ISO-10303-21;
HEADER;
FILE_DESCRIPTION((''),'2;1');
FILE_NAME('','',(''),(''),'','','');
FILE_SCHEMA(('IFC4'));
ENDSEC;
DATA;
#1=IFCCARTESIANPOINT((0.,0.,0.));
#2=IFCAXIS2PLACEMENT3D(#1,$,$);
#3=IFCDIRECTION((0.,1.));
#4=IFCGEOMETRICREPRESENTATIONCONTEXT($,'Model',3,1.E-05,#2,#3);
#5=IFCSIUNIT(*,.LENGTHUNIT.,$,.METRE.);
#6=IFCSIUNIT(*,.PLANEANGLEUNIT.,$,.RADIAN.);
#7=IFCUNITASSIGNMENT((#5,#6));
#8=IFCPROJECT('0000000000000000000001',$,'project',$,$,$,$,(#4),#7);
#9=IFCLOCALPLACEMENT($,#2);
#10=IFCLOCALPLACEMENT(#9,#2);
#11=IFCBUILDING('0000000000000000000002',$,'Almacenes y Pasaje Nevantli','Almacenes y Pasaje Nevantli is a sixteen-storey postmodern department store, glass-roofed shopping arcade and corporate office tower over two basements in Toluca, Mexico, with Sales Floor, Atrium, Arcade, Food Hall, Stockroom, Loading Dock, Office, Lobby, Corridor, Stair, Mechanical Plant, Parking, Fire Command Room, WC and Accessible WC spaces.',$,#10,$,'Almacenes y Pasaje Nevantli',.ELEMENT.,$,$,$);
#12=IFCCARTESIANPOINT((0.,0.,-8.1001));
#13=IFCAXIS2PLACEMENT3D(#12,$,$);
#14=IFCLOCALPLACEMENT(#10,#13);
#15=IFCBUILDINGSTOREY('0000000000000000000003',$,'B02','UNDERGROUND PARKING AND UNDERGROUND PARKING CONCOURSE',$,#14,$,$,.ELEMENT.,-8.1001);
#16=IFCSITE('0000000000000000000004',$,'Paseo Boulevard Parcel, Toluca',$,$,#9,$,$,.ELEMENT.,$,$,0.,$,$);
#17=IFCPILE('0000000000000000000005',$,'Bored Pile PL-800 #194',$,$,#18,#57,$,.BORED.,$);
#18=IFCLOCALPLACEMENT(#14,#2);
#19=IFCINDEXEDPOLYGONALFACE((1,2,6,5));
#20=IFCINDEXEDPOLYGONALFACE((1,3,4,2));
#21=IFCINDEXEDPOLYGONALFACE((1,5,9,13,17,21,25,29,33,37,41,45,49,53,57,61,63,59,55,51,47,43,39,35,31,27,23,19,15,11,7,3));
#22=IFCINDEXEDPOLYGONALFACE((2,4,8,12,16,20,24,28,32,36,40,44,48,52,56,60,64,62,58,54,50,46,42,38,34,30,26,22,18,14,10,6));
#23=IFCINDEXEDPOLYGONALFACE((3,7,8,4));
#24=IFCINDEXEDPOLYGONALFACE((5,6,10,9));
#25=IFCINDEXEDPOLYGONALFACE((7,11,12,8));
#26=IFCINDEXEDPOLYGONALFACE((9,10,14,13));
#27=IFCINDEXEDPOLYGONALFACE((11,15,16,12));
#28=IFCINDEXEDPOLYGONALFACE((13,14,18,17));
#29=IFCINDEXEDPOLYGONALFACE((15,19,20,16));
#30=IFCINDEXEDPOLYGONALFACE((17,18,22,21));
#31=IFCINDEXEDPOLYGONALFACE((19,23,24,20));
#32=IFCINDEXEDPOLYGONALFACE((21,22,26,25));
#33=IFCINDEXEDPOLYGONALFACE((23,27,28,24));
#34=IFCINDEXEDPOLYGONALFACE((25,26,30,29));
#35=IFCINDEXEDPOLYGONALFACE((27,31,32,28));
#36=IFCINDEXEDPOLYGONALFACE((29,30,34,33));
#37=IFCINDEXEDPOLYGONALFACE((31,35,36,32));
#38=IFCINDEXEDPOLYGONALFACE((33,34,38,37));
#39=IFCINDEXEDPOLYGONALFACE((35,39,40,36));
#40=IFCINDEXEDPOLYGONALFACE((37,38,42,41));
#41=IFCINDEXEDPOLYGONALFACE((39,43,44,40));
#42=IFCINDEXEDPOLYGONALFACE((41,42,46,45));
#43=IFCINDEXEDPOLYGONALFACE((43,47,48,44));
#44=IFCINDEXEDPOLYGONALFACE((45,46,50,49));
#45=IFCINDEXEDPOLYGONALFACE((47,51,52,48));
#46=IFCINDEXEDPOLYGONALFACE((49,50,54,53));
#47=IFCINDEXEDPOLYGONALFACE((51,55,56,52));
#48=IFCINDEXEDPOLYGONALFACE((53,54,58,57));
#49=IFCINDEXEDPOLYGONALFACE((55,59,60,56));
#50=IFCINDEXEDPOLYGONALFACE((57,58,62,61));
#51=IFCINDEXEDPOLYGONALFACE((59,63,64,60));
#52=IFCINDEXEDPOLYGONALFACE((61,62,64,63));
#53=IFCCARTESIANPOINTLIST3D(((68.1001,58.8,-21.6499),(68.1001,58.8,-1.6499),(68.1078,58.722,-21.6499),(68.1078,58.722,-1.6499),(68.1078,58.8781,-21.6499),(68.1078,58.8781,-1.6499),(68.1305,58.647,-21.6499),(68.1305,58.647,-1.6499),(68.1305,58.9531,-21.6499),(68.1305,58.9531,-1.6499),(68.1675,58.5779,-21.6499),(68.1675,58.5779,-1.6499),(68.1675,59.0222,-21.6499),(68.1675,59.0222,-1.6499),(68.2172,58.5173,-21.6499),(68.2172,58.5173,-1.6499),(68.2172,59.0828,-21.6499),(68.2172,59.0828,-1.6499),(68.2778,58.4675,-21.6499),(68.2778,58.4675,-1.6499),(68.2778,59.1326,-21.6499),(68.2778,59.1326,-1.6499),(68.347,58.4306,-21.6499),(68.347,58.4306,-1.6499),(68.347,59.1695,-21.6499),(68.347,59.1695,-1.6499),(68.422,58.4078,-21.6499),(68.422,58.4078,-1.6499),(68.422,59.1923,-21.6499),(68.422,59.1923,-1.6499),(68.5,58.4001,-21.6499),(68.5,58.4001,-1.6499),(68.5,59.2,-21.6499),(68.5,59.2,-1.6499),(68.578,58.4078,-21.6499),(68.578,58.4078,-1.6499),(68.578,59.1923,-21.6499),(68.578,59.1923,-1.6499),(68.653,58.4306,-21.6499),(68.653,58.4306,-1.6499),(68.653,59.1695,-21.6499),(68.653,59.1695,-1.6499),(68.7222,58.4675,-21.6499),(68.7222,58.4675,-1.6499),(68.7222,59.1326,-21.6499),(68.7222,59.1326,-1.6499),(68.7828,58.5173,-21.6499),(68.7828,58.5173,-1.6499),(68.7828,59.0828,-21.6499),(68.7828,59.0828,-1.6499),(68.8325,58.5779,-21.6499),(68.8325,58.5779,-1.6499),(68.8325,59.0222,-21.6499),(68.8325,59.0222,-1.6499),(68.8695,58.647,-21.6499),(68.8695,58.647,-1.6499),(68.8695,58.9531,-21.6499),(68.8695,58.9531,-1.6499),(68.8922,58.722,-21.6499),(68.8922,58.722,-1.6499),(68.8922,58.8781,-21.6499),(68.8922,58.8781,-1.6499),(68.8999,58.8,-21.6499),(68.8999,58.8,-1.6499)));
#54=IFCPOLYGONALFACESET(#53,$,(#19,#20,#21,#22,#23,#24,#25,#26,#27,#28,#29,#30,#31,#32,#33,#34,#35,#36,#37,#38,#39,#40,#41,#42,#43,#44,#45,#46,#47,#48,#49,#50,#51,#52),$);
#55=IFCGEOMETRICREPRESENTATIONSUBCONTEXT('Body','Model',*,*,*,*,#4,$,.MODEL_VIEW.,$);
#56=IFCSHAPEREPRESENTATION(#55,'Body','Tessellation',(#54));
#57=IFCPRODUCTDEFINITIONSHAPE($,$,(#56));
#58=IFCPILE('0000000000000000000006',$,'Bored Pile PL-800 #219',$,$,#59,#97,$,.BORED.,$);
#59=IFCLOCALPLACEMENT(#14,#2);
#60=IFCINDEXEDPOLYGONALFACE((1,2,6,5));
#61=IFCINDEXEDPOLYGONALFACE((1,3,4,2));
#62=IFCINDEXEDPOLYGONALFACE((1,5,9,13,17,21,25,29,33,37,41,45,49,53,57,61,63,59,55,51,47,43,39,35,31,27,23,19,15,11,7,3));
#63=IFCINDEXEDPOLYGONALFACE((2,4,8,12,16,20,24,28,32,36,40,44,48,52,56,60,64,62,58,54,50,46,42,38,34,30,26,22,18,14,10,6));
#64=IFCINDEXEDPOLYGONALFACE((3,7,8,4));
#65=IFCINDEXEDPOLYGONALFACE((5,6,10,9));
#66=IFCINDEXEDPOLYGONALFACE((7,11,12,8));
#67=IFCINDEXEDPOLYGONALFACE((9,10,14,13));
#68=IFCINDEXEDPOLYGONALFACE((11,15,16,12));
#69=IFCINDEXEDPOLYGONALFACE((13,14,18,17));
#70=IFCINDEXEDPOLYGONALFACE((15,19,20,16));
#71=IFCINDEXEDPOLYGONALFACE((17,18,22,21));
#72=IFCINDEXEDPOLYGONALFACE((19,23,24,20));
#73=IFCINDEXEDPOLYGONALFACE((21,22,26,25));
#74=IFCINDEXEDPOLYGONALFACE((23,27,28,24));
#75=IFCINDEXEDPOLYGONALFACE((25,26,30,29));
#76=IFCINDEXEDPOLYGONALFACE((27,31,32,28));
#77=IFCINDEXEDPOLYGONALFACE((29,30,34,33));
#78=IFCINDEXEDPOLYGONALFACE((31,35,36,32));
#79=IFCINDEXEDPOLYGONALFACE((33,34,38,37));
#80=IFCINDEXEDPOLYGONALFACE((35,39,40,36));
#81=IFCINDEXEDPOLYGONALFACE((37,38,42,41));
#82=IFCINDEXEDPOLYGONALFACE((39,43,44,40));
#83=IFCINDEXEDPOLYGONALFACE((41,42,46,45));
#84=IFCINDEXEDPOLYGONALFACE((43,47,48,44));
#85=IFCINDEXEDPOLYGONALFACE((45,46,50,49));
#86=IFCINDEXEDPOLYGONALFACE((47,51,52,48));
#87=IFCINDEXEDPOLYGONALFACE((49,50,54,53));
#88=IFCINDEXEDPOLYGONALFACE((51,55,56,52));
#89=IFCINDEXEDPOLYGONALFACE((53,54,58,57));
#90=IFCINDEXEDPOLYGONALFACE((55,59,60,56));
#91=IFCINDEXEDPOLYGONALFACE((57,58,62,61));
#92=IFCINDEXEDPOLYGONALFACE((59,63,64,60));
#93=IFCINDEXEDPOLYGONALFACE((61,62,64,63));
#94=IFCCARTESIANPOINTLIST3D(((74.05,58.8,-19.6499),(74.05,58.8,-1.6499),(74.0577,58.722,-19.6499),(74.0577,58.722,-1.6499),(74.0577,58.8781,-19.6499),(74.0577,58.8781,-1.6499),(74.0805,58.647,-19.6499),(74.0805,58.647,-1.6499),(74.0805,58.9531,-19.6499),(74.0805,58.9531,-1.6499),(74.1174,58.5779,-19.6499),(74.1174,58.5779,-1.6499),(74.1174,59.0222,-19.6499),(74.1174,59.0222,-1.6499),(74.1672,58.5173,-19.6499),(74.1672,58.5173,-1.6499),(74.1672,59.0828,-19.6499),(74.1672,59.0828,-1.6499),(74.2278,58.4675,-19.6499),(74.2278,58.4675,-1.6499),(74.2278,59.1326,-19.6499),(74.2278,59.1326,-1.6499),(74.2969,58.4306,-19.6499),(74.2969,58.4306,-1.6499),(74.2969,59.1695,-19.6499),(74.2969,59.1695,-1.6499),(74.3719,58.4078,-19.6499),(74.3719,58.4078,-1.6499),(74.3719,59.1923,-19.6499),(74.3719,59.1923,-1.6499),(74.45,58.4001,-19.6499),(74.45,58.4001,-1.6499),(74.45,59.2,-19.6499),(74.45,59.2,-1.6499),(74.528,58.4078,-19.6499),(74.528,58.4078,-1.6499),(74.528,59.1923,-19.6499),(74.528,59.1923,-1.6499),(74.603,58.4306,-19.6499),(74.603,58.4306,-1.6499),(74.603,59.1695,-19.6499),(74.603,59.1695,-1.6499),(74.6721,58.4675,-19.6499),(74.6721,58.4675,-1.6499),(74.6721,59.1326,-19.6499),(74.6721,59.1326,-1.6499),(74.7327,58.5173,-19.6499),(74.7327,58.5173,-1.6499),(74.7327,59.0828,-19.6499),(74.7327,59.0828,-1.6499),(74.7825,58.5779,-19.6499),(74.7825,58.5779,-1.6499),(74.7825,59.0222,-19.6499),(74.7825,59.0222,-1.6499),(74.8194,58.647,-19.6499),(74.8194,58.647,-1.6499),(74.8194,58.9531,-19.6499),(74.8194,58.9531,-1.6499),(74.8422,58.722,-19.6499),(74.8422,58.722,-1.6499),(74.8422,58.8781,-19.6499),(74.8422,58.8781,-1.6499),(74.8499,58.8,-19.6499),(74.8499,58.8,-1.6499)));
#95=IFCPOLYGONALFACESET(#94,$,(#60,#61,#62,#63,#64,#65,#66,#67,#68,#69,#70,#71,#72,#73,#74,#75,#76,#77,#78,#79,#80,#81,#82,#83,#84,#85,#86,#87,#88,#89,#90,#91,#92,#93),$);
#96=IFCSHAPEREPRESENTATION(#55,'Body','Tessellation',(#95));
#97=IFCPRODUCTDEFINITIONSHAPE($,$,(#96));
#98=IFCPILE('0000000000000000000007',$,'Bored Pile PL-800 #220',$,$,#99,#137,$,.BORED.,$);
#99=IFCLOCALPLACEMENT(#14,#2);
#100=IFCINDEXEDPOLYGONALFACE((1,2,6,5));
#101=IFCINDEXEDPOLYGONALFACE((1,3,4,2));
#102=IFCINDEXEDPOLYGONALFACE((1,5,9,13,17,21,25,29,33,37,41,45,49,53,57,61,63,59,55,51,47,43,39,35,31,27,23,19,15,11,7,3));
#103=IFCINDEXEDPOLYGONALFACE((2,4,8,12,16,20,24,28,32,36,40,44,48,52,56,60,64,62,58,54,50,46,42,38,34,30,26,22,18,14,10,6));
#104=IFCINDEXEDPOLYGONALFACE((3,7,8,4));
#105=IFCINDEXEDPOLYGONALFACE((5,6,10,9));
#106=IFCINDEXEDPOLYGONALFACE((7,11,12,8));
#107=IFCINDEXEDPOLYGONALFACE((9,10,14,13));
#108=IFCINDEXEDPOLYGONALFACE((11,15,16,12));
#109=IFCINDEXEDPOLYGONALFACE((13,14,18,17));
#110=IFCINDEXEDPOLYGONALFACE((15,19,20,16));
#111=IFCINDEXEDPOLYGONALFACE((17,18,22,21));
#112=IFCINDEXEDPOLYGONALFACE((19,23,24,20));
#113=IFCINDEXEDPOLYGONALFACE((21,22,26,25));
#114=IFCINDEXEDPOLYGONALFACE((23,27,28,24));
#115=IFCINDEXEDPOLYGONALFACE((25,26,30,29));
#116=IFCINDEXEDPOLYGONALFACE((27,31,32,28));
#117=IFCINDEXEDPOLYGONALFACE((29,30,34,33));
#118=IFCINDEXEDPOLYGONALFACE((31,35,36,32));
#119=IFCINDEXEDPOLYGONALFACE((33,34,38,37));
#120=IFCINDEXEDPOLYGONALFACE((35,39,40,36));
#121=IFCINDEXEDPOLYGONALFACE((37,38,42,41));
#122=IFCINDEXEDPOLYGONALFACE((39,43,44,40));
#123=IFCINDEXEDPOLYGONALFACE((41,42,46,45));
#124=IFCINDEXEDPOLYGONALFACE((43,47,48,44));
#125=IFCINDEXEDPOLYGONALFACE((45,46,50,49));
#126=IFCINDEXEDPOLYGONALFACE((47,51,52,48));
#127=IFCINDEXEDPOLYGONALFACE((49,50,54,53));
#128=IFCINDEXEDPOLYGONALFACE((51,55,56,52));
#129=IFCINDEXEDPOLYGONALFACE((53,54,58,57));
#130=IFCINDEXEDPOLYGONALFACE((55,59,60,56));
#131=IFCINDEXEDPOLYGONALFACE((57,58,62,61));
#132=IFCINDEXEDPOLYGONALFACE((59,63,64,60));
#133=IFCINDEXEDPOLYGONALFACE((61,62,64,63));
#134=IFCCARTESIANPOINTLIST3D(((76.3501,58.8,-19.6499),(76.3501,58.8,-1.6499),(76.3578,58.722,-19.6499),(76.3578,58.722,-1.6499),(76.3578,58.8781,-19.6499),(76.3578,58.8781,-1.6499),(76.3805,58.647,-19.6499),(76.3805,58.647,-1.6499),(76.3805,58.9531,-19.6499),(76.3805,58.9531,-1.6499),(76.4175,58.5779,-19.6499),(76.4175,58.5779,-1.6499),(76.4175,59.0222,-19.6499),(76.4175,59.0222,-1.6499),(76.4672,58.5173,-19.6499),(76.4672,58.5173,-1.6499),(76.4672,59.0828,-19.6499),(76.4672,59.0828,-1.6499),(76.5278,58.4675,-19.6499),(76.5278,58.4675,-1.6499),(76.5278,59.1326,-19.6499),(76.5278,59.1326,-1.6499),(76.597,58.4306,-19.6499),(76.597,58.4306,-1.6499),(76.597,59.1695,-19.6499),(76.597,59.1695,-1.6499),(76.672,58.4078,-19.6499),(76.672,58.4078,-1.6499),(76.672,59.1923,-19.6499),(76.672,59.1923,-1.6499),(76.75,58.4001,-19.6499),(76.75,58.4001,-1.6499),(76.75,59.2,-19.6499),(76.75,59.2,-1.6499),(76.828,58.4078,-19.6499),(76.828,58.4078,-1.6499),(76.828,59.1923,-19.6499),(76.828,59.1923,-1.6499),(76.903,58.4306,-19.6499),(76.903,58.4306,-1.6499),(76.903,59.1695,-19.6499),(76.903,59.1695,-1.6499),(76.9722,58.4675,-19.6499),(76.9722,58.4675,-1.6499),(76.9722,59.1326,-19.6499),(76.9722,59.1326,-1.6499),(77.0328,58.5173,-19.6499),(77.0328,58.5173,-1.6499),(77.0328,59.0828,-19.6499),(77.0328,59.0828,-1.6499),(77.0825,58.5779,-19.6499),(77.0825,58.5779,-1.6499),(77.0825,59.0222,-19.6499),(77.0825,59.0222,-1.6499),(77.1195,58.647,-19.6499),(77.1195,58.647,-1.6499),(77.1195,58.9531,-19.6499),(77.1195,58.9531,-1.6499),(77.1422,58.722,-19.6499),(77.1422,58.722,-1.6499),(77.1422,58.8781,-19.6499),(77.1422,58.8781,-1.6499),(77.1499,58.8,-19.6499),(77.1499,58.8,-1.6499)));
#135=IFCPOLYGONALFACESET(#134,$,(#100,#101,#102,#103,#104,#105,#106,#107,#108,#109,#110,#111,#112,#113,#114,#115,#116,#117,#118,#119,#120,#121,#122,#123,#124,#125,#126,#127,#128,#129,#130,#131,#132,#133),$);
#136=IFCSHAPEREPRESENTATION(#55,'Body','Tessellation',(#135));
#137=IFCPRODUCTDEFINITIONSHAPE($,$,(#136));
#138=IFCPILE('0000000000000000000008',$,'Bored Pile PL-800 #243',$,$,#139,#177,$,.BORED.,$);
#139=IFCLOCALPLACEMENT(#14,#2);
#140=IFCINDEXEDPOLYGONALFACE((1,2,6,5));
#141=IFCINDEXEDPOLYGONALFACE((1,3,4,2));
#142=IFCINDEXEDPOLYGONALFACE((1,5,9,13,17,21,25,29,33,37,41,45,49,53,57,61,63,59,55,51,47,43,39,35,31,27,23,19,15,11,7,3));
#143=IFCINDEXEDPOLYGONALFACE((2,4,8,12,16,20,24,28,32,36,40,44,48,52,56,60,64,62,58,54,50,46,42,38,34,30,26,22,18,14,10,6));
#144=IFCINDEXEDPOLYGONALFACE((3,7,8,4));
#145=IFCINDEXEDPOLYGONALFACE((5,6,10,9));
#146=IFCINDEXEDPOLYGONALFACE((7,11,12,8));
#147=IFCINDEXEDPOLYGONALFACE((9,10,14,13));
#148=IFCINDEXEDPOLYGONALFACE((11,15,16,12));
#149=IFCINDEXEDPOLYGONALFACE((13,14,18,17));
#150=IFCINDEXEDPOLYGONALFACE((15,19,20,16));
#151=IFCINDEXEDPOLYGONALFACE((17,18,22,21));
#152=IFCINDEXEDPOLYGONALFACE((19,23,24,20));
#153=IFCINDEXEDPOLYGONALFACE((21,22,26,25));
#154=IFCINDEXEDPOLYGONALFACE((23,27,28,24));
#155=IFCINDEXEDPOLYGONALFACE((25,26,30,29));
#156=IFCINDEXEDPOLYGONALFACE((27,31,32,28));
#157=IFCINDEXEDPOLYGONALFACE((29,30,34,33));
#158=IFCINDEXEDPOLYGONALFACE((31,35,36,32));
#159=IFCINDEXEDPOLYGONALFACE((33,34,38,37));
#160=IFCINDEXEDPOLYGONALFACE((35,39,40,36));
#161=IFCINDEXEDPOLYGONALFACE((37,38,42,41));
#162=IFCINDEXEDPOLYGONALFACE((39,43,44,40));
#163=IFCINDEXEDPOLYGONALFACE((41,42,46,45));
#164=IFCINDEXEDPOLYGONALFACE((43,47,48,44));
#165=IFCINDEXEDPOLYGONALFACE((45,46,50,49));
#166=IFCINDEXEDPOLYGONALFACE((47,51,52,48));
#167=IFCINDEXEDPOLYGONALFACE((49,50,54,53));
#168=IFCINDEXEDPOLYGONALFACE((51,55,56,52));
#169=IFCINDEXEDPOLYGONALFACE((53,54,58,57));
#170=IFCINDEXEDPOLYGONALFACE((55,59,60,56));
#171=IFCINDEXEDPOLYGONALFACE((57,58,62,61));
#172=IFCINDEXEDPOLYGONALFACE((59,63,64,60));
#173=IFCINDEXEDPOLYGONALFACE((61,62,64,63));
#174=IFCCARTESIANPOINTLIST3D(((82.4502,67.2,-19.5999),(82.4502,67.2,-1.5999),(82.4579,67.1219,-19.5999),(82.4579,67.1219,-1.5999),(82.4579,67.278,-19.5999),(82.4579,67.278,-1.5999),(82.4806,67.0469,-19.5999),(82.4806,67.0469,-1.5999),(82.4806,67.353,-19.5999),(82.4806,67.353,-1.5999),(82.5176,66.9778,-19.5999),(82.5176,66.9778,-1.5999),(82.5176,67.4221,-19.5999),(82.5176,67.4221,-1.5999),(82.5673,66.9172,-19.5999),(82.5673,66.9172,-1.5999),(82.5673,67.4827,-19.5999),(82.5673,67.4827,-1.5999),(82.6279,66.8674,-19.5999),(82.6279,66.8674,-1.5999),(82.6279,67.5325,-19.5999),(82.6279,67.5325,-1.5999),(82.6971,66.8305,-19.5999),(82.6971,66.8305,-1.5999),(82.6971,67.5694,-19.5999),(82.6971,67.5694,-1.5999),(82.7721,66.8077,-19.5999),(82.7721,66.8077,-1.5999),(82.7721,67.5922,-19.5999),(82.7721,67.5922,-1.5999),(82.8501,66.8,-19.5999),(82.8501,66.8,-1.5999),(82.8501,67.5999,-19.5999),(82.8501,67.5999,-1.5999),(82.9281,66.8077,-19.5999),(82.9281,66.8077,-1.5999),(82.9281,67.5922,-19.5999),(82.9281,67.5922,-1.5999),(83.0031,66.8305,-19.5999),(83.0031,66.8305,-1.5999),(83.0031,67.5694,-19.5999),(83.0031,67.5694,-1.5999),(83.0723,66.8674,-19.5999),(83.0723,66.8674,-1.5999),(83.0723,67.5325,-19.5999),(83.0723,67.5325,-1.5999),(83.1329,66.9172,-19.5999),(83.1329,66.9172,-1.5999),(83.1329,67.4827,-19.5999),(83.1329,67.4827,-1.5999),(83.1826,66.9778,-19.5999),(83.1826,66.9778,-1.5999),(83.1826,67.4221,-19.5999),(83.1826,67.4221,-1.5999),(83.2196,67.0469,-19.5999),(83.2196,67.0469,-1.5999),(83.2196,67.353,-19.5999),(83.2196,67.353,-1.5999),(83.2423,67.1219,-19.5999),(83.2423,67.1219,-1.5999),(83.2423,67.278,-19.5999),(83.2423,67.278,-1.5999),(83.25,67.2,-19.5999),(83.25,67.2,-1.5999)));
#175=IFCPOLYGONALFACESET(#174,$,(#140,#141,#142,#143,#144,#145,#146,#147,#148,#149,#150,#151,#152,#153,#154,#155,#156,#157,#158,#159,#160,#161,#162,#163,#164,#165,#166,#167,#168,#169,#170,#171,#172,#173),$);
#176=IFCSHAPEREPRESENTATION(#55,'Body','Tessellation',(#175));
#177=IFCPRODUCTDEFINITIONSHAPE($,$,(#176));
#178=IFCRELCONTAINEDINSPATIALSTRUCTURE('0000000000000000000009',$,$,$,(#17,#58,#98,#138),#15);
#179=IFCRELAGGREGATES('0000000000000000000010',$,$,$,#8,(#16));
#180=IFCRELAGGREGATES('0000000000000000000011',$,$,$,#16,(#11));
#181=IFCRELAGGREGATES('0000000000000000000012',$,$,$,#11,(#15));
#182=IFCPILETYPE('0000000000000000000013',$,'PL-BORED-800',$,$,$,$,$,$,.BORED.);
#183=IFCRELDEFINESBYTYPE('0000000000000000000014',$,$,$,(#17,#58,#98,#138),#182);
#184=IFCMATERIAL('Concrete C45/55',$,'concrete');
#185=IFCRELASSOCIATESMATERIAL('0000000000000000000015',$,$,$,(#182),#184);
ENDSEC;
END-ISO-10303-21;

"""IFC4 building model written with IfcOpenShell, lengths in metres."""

from ifc_helpers import new_model, si_unit, direction, frame, origin, origin_2d, place, context, subcontext, project, spatial, circle, extrude, material, material_profile, profile_set, type_object, element, save


model = new_model("IFC4")

# Units and contexts
model_context = context("Model", 3, precision=1e-05, world=origin(), true_north=direction((0.0, 1.0)))
body_context = subcontext(model_context, "Body", "Model", "MODEL_VIEW")
ifc_project = project(units=[si_unit("LENGTHUNIT", "METRE"), si_unit("PLANEANGLEUNIT", "RADIAN")], contexts=[model_context])

# Site, building, storey
site_placement = place(None, origin())
site = spatial("IfcSite", under=ifc_project, at=site_placement, Name="Paseo Boulevard Parcel, Toluca", CompositionType="ELEMENT", RefElevation=0.0)
building_placement = place(site_placement, origin())
building = spatial("IfcBuilding", under=site, at=building_placement, Name="Almacenes y Pasaje Nevantli", Description="Almacenes y Pasaje Nevantli is a sixteen-storey postmodern department store, glass-roofed shopping arcade and corporate office tower over two basements in Toluca, Mexico, with Sales Floor, Atrium, Arcade, Food Hall, Stockroom, Loading Dock, Office, Lobby, Corridor, Stair, Mechanical Plant, Parking, Fire Command Room, WC and Accessible WC spaces.", LongName="Almacenes y Pasaje Nevantli", CompositionType="ELEMENT")
storey_placement = place(building_placement, frame((0.0, 0.0, -8.1001)))
storey = spatial("IfcBuildingStorey", under=building, at=storey_placement, Name="B02", Description="UNDERGROUND PARKING AND UNDERGROUND PARKING CONCOURSE", CompositionType="ELEMENT", Elevation=-8.1001)

# Piles
ifc_material_1 = material(Name="Concrete C45/55", Category="concrete")
ifc_material_profile_1 = material_profile(ifc_material_1, circle(Radius=0.3999, at=origin_2d()), Name="RC-PILE-D800")
ifc_profile_set_1 = profile_set([ifc_material_profile_1], Name="Concrete C45/55")
pile_type_1 = type_object("IfcPileType", Name="PL-BORED-800", PredefinedType="BORED", material=ifc_profile_set_1)
for number, where, z_axis, x_axis, name in (
    (1, (68.5, 58.8, -1.6499), (0.0, 0.0, -1.0), (1.0, 0.0, 0.0), "Bored Pile PL-800 #194"),
):
    element("IfcPile", number, at=place(storey_placement, frame(where, z_axis=z_axis, x_axis=x_axis)), inside=storey, type_object=pile_type_1, Name=name, PredefinedType="BORED", context=body_context, shape_type="SweptSolid", body=[
        extrude(circle(Radius=0.3999, at=origin_2d()), origin(), (0.0, 0.0, 1.0), 20.0),
    ])
for number, where, z_axis, x_axis, name in (
    (2, (74.45, 58.8, -1.6499), (0.0, 0.0, -1.0), (1.0, 0.0, 0.0), "Bored Pile PL-800 #219"),
    (3, (76.75, 58.8, -1.6499), (0.0, 0.0, -1.0), (1.0, 0.0, 0.0), "Bored Pile PL-800 #220"),
    (4, (82.8501, 67.2, -1.5999), (0.0, 0.0, -1.0), (1.0, 0.0, 0.0), "Bored Pile PL-800 #243"),
):
    element("IfcPile", number, at=place(storey_placement, frame(where, z_axis=z_axis, x_axis=x_axis)), inside=storey, type_object=pile_type_1, Name=name, PredefinedType="BORED", context=body_context, shape_type="SweptSolid", body=[
        extrude(circle(Radius=0.3999, at=origin_2d()), origin(), (0.0, 0.0, 1.0), 18.0),
    ])

save(model, "model.ifc")
